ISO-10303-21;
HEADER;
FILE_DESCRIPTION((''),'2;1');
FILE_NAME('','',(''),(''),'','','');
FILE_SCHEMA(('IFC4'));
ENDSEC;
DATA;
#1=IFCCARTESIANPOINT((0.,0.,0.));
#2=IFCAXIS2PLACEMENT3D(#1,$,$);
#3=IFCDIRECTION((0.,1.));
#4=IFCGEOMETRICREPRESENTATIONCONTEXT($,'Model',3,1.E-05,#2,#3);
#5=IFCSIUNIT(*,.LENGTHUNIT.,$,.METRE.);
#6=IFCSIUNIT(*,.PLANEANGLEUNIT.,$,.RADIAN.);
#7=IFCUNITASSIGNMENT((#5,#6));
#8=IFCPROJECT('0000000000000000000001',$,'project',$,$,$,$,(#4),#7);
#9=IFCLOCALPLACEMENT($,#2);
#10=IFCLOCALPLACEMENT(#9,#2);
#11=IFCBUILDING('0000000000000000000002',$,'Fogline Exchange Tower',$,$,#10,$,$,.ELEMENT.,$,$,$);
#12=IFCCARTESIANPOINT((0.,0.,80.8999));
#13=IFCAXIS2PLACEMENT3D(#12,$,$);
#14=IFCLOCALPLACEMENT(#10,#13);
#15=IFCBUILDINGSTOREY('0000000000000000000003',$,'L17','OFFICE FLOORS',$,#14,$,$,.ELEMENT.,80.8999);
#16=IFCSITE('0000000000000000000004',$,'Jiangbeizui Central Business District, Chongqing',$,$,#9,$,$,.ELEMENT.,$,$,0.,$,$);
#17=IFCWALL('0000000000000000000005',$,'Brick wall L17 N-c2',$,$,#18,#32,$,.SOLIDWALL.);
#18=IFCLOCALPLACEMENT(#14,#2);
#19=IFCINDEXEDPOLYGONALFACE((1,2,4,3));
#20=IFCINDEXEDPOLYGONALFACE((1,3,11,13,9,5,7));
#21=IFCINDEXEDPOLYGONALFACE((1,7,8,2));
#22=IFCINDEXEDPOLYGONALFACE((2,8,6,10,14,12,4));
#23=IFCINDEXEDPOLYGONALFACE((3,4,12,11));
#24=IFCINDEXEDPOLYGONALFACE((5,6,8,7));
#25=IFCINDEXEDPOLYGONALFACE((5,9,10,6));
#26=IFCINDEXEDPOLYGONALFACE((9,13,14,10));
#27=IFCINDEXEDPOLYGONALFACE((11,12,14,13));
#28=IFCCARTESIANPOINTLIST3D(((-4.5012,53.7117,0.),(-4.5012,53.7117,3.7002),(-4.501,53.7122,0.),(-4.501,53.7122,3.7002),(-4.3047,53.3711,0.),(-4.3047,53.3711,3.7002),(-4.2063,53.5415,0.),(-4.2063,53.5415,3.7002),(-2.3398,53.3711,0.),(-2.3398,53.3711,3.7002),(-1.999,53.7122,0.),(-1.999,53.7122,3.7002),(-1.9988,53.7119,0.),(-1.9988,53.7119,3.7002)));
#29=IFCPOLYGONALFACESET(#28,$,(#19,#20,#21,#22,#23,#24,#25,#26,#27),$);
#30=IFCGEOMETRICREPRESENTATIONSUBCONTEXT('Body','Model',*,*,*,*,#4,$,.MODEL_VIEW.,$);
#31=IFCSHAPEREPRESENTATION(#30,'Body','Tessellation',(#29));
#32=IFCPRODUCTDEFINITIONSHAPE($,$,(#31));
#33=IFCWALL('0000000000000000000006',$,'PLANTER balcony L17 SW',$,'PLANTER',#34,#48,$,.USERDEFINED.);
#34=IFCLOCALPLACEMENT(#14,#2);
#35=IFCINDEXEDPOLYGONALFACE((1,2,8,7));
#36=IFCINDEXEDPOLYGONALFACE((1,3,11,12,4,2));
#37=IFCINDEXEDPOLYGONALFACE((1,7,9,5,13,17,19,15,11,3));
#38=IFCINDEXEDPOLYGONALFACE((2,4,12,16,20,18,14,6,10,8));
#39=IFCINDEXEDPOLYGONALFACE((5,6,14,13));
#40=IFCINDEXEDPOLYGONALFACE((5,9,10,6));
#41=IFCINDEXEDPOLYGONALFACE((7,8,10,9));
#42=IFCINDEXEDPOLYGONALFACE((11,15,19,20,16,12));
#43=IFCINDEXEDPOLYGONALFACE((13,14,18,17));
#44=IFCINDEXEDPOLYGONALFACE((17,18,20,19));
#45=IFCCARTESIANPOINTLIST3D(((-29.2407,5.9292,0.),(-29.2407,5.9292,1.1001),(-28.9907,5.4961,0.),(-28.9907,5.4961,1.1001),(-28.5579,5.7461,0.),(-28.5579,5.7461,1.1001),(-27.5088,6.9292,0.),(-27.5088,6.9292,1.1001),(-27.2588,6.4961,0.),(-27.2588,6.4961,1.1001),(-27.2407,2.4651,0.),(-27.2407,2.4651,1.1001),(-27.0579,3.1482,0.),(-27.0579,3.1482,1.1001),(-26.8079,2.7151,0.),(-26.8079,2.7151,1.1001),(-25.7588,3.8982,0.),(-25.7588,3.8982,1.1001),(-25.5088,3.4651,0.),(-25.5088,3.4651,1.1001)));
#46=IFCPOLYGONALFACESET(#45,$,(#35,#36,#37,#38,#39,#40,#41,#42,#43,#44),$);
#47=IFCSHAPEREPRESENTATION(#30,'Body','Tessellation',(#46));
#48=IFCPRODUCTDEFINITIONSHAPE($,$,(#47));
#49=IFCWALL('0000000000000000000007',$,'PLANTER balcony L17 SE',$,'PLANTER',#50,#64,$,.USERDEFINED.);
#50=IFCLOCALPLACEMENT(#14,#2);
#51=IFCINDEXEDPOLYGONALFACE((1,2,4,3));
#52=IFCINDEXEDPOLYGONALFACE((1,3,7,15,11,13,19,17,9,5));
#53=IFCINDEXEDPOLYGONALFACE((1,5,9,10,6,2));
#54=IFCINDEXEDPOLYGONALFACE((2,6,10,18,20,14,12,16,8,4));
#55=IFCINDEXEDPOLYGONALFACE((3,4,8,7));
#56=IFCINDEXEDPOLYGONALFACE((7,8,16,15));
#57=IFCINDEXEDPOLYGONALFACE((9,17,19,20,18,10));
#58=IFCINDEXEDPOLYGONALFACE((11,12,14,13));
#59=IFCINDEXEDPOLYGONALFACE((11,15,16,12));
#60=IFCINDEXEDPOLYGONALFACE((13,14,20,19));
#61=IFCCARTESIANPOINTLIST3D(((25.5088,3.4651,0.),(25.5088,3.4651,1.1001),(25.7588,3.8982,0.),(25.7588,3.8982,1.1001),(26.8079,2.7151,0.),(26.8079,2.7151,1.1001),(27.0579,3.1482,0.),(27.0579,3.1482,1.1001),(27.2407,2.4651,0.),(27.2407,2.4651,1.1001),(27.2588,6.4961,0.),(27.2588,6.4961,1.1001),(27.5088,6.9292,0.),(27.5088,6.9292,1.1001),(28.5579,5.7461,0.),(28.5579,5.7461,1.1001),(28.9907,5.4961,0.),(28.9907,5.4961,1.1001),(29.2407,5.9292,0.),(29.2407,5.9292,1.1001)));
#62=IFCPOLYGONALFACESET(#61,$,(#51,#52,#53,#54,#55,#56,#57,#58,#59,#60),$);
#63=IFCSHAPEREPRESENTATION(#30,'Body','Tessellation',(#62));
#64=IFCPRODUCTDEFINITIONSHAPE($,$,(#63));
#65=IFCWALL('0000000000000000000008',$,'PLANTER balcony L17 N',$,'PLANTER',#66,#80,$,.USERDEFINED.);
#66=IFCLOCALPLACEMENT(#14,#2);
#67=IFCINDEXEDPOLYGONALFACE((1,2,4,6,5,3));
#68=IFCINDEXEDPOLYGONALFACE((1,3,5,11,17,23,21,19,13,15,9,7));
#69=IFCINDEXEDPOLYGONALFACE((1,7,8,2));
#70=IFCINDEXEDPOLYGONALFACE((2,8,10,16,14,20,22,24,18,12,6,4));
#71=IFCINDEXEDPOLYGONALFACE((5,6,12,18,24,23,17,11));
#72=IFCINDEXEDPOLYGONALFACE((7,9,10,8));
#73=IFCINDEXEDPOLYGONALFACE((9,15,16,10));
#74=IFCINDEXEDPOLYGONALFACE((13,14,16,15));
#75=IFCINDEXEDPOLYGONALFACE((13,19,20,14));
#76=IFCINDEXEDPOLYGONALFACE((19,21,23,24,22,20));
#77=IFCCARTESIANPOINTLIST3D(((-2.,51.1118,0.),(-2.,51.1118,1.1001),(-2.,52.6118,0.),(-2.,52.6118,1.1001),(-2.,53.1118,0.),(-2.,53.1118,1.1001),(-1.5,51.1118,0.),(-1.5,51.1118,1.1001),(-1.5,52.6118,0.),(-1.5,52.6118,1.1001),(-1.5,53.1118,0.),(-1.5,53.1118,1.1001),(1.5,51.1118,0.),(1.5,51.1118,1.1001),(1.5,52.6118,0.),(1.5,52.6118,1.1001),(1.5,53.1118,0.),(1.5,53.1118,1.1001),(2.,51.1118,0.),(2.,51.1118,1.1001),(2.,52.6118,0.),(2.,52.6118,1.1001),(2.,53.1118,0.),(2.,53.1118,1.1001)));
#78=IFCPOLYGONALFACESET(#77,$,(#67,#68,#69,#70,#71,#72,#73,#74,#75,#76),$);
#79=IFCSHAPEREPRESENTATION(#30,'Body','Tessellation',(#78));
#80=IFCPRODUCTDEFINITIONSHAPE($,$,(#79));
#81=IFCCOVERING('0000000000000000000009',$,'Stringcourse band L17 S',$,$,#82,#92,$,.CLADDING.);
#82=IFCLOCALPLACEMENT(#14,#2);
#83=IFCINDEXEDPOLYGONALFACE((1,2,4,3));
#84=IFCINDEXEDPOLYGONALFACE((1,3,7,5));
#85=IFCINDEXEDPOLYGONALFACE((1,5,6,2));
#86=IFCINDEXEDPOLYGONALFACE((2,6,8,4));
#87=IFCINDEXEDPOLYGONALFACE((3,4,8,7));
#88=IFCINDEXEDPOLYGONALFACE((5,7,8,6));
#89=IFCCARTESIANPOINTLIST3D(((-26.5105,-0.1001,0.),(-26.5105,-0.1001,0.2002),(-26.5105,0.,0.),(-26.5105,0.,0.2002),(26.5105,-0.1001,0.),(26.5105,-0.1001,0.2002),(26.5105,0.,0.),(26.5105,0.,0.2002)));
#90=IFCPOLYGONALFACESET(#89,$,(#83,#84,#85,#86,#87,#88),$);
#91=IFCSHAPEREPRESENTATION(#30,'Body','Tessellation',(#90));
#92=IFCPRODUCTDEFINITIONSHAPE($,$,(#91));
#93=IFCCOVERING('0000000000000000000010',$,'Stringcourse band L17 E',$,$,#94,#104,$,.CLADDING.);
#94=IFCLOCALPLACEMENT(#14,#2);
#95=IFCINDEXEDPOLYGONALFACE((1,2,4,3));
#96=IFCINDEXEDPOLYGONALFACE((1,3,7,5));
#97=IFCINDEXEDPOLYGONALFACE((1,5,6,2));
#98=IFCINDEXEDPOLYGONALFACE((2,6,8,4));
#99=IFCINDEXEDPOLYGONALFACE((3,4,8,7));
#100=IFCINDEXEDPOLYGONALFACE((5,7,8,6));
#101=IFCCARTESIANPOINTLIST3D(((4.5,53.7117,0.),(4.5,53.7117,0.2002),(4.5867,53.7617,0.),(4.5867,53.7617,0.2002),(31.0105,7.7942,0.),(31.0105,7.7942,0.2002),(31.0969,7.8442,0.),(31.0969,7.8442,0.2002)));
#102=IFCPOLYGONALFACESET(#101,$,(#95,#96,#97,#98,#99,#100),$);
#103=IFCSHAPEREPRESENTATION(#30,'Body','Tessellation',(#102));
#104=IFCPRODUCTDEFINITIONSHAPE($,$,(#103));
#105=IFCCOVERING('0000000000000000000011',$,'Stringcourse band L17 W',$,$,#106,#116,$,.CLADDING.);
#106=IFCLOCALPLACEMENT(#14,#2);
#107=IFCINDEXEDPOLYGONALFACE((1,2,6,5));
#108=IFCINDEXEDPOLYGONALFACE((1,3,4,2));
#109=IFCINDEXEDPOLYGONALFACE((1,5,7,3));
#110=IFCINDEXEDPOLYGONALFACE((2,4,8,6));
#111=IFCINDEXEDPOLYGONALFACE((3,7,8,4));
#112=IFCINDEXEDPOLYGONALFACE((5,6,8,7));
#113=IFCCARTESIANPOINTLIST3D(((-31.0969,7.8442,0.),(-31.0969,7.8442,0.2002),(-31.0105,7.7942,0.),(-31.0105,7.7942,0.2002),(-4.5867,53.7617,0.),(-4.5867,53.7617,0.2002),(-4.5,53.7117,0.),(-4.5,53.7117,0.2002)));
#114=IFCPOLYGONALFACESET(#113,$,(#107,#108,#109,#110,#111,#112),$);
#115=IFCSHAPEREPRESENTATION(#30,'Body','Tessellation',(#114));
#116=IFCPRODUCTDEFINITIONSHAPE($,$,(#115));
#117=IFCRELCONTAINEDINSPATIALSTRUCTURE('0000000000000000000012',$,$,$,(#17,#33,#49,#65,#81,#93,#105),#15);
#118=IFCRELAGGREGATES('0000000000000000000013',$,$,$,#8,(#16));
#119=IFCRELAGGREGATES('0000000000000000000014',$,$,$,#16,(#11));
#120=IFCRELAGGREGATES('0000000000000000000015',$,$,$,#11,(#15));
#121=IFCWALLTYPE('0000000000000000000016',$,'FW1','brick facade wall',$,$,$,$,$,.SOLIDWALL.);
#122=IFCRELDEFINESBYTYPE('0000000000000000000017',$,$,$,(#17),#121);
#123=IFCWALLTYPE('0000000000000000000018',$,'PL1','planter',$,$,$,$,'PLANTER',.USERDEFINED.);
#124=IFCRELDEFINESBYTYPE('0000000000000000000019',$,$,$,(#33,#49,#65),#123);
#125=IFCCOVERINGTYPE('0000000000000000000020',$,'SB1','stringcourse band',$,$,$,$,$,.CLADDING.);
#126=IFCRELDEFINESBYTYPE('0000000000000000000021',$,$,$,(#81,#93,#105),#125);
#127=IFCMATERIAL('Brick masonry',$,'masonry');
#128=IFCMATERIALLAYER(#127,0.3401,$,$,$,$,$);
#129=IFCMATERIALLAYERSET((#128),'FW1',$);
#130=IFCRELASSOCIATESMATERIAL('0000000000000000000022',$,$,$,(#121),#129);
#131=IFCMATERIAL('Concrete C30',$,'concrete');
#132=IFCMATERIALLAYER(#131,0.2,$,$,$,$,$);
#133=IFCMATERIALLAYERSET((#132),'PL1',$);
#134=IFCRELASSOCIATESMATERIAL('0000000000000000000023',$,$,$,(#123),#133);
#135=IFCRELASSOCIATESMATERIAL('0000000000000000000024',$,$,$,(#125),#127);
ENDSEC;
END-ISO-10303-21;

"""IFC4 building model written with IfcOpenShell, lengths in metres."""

from ifc_helpers import new_model, si_unit, direction, frame, origin, place, context, subcontext, project, spatial, polyline, outline, extrude, material, layer, layer_set, type_object, element, save


model = new_model("IFC4")

# Units and contexts
model_context = context("Model", 3, precision=1e-05, world=origin(), true_north=direction((0.0, 1.0)))
body_context = subcontext(model_context, "Body", "Model", "MODEL_VIEW")
ifc_project = project(units=[si_unit("LENGTHUNIT", "METRE"), si_unit("PLANEANGLEUNIT", "RADIAN")], contexts=[model_context])

# Site, building, storey
site_placement = place(None, origin())
site = spatial("IfcSite", under=ifc_project, at=site_placement, Name="Jiangbeizui Central Business District, Chongqing", CompositionType="ELEMENT", RefElevation=0.0)
building_placement = place(site_placement, origin())
building = spatial("IfcBuilding", under=site, at=building_placement, Name="Fogline Exchange Tower", CompositionType="ELEMENT")
storey_placement = place(building_placement, frame((0.0, 0.0, 80.8999)))
storey = spatial("IfcBuildingStorey", under=building, at=storey_placement, Name="L17", Description="OFFICE FLOORS", CompositionType="ELEMENT", Elevation=80.8999)

# Walls
ifc_material_1 = material(Name="Brick masonry", Category="masonry")
ifc_layer_1 = layer(ifc_material_1, 0.3401)
ifc_layer_set_1 = layer_set([ifc_layer_1], Name="FW1")
wall_type_1 = type_object("IfcWallType", Name="FW1", Description="brick facade wall", PredefinedType="SOLIDWALL", material=ifc_layer_set_1)
wall_1_placement = place(storey_placement, origin())
element("IfcWall", 1, at=wall_1_placement, inside=storey, type_object=wall_type_1, Name="Brick wall L17 N-c2", PredefinedType="SOLIDWALL", context=body_context, shape_type="SweptSolid", body=[
    extrude(outline(polyline([(-4.3047, 53.3711), (-4.2063, 53.5415), (-4.5012, 53.7117), (-4.501, 53.7122), (-1.999, 53.7122), (-1.9988, 53.7119), (-2.3398, 53.3711), (-4.3047, 53.3711)])), origin(), (0.0, 0.0, 1.0), 3.7002),
])
ifc_material_2 = material(Name="Concrete C30", Category="concrete")
ifc_layer_2 = layer(ifc_material_2, 0.2)
ifc_layer_set_2 = layer_set([ifc_layer_2], Name="PL1")
wall_type_2 = type_object("IfcWallType", Name="PL1", Description="planter", ElementType="PLANTER", PredefinedType="USERDEFINED", material=ifc_layer_set_2)
wall_2_placement = place(storey_placement, origin())
element("IfcWall", 2, at=wall_2_placement, inside=storey, type_object=wall_type_2, Name="PLANTER balcony L17 SW", ObjectType="PLANTER", PredefinedType="USERDEFINED", context=body_context, shape_type="SweptSolid", body=[
    extrude(outline(polyline([(-25.7588, 3.8982), (-27.0579, 3.1482), (-28.5579, 5.7461), (-27.2588, 6.4961), (-27.5088, 6.9292), (-29.2407, 5.9292), (-28.9907, 5.4961), (-27.2407, 2.4651), (-26.8079, 2.7151), (-26.8079, 2.7151), (-25.5088, 3.4651), (-25.7588, 3.8982)])), origin(), (0.0, 0.0, 1.0), 1.1001),
])
wall_3_placement = place(storey_placement, origin())
element("IfcWall", 3, at=wall_3_placement, inside=storey, type_object=wall_type_2, Name="PLANTER balcony L17 SE", ObjectType="PLANTER", PredefinedType="USERDEFINED", context=body_context, shape_type="SweptSolid", body=[
    extrude(outline(polyline([(25.5088, 3.4651), (26.8079, 2.7151), (26.8079, 2.7151), (27.2407, 2.4651), (28.9907, 5.4961), (29.2407, 5.9292), (27.5088, 6.9292), (27.2588, 6.4961), (28.5579, 5.7461), (27.0579, 3.1482), (25.7588, 3.8982), (25.5088, 3.4651)])), origin(), (0.0, 0.0, 1.0), 1.1001),
])
wall_4_placement = place(storey_placement, origin())
element("IfcWall", 4, at=wall_4_placement, inside=storey, type_object=wall_type_2, Name="PLANTER balcony L17 N", ObjectType="PLANTER", PredefinedType="USERDEFINED", context=body_context, shape_type="SweptSolid", body=[
    extrude(outline(polyline([(-1.5, 53.1118), (-2.0, 53.1118), (-2.0, 52.6118), (-2.0, 51.1118), (-1.5, 51.1118), (-1.5, 52.6118), (1.5, 52.6118), (1.5, 51.1118), (2.0, 51.1118), (2.0, 52.6118), (2.0, 53.1118), (1.5, 53.1118), (-1.5, 53.1118)])), origin(), (0.0, 0.0, 1.0), 1.1001),
])

# Coverings
covering_type = type_object("IfcCoveringType", Name="SB1", Description="stringcourse band", PredefinedType="CLADDING", material=ifc_material_1)
covering_1_placement = place(storey_placement, origin())
element("IfcCovering", 5, at=covering_1_placement, inside=storey, type_object=covering_type, Name="Stringcourse band L17 S", PredefinedType="CLADDING", context=body_context, shape_type="SweptSolid", body=[
    extrude(outline(polyline([(-26.5105, 0.0), (-26.5105, -0.1001), (26.5105, -0.1001), (26.5105, 0.0), (-26.5105, 0.0)])), origin(), (0.0, 0.0, 1.0), 0.2002),
])
covering_2_placement = place(storey_placement, origin())
element("IfcCovering", 6, at=covering_2_placement, inside=storey, type_object=covering_type, Name="Stringcourse band L17 E", PredefinedType="CLADDING", context=body_context, shape_type="SweptSolid", body=[
    extrude(outline(polyline([(31.0105, 7.7942), (31.0969, 7.8442), (4.5867, 53.7617), (4.5, 53.7117), (31.0105, 7.7942)])), origin(), (0.0, 0.0, 1.0), 0.2002),
])
covering_3_placement = place(storey_placement, origin())
element("IfcCovering", 7, at=covering_3_placement, inside=storey, type_object=covering_type, Name="Stringcourse band L17 W", PredefinedType="CLADDING", context=body_context, shape_type="SweptSolid", body=[
    extrude(outline(polyline([(-4.5, 53.7117), (-4.5867, 53.7617), (-31.0969, 7.8442), (-31.0105, 7.7942), (-4.5, 53.7117)])), origin(), (0.0, 0.0, 1.0), 0.2002),
])

save(model, "model.ifc")
